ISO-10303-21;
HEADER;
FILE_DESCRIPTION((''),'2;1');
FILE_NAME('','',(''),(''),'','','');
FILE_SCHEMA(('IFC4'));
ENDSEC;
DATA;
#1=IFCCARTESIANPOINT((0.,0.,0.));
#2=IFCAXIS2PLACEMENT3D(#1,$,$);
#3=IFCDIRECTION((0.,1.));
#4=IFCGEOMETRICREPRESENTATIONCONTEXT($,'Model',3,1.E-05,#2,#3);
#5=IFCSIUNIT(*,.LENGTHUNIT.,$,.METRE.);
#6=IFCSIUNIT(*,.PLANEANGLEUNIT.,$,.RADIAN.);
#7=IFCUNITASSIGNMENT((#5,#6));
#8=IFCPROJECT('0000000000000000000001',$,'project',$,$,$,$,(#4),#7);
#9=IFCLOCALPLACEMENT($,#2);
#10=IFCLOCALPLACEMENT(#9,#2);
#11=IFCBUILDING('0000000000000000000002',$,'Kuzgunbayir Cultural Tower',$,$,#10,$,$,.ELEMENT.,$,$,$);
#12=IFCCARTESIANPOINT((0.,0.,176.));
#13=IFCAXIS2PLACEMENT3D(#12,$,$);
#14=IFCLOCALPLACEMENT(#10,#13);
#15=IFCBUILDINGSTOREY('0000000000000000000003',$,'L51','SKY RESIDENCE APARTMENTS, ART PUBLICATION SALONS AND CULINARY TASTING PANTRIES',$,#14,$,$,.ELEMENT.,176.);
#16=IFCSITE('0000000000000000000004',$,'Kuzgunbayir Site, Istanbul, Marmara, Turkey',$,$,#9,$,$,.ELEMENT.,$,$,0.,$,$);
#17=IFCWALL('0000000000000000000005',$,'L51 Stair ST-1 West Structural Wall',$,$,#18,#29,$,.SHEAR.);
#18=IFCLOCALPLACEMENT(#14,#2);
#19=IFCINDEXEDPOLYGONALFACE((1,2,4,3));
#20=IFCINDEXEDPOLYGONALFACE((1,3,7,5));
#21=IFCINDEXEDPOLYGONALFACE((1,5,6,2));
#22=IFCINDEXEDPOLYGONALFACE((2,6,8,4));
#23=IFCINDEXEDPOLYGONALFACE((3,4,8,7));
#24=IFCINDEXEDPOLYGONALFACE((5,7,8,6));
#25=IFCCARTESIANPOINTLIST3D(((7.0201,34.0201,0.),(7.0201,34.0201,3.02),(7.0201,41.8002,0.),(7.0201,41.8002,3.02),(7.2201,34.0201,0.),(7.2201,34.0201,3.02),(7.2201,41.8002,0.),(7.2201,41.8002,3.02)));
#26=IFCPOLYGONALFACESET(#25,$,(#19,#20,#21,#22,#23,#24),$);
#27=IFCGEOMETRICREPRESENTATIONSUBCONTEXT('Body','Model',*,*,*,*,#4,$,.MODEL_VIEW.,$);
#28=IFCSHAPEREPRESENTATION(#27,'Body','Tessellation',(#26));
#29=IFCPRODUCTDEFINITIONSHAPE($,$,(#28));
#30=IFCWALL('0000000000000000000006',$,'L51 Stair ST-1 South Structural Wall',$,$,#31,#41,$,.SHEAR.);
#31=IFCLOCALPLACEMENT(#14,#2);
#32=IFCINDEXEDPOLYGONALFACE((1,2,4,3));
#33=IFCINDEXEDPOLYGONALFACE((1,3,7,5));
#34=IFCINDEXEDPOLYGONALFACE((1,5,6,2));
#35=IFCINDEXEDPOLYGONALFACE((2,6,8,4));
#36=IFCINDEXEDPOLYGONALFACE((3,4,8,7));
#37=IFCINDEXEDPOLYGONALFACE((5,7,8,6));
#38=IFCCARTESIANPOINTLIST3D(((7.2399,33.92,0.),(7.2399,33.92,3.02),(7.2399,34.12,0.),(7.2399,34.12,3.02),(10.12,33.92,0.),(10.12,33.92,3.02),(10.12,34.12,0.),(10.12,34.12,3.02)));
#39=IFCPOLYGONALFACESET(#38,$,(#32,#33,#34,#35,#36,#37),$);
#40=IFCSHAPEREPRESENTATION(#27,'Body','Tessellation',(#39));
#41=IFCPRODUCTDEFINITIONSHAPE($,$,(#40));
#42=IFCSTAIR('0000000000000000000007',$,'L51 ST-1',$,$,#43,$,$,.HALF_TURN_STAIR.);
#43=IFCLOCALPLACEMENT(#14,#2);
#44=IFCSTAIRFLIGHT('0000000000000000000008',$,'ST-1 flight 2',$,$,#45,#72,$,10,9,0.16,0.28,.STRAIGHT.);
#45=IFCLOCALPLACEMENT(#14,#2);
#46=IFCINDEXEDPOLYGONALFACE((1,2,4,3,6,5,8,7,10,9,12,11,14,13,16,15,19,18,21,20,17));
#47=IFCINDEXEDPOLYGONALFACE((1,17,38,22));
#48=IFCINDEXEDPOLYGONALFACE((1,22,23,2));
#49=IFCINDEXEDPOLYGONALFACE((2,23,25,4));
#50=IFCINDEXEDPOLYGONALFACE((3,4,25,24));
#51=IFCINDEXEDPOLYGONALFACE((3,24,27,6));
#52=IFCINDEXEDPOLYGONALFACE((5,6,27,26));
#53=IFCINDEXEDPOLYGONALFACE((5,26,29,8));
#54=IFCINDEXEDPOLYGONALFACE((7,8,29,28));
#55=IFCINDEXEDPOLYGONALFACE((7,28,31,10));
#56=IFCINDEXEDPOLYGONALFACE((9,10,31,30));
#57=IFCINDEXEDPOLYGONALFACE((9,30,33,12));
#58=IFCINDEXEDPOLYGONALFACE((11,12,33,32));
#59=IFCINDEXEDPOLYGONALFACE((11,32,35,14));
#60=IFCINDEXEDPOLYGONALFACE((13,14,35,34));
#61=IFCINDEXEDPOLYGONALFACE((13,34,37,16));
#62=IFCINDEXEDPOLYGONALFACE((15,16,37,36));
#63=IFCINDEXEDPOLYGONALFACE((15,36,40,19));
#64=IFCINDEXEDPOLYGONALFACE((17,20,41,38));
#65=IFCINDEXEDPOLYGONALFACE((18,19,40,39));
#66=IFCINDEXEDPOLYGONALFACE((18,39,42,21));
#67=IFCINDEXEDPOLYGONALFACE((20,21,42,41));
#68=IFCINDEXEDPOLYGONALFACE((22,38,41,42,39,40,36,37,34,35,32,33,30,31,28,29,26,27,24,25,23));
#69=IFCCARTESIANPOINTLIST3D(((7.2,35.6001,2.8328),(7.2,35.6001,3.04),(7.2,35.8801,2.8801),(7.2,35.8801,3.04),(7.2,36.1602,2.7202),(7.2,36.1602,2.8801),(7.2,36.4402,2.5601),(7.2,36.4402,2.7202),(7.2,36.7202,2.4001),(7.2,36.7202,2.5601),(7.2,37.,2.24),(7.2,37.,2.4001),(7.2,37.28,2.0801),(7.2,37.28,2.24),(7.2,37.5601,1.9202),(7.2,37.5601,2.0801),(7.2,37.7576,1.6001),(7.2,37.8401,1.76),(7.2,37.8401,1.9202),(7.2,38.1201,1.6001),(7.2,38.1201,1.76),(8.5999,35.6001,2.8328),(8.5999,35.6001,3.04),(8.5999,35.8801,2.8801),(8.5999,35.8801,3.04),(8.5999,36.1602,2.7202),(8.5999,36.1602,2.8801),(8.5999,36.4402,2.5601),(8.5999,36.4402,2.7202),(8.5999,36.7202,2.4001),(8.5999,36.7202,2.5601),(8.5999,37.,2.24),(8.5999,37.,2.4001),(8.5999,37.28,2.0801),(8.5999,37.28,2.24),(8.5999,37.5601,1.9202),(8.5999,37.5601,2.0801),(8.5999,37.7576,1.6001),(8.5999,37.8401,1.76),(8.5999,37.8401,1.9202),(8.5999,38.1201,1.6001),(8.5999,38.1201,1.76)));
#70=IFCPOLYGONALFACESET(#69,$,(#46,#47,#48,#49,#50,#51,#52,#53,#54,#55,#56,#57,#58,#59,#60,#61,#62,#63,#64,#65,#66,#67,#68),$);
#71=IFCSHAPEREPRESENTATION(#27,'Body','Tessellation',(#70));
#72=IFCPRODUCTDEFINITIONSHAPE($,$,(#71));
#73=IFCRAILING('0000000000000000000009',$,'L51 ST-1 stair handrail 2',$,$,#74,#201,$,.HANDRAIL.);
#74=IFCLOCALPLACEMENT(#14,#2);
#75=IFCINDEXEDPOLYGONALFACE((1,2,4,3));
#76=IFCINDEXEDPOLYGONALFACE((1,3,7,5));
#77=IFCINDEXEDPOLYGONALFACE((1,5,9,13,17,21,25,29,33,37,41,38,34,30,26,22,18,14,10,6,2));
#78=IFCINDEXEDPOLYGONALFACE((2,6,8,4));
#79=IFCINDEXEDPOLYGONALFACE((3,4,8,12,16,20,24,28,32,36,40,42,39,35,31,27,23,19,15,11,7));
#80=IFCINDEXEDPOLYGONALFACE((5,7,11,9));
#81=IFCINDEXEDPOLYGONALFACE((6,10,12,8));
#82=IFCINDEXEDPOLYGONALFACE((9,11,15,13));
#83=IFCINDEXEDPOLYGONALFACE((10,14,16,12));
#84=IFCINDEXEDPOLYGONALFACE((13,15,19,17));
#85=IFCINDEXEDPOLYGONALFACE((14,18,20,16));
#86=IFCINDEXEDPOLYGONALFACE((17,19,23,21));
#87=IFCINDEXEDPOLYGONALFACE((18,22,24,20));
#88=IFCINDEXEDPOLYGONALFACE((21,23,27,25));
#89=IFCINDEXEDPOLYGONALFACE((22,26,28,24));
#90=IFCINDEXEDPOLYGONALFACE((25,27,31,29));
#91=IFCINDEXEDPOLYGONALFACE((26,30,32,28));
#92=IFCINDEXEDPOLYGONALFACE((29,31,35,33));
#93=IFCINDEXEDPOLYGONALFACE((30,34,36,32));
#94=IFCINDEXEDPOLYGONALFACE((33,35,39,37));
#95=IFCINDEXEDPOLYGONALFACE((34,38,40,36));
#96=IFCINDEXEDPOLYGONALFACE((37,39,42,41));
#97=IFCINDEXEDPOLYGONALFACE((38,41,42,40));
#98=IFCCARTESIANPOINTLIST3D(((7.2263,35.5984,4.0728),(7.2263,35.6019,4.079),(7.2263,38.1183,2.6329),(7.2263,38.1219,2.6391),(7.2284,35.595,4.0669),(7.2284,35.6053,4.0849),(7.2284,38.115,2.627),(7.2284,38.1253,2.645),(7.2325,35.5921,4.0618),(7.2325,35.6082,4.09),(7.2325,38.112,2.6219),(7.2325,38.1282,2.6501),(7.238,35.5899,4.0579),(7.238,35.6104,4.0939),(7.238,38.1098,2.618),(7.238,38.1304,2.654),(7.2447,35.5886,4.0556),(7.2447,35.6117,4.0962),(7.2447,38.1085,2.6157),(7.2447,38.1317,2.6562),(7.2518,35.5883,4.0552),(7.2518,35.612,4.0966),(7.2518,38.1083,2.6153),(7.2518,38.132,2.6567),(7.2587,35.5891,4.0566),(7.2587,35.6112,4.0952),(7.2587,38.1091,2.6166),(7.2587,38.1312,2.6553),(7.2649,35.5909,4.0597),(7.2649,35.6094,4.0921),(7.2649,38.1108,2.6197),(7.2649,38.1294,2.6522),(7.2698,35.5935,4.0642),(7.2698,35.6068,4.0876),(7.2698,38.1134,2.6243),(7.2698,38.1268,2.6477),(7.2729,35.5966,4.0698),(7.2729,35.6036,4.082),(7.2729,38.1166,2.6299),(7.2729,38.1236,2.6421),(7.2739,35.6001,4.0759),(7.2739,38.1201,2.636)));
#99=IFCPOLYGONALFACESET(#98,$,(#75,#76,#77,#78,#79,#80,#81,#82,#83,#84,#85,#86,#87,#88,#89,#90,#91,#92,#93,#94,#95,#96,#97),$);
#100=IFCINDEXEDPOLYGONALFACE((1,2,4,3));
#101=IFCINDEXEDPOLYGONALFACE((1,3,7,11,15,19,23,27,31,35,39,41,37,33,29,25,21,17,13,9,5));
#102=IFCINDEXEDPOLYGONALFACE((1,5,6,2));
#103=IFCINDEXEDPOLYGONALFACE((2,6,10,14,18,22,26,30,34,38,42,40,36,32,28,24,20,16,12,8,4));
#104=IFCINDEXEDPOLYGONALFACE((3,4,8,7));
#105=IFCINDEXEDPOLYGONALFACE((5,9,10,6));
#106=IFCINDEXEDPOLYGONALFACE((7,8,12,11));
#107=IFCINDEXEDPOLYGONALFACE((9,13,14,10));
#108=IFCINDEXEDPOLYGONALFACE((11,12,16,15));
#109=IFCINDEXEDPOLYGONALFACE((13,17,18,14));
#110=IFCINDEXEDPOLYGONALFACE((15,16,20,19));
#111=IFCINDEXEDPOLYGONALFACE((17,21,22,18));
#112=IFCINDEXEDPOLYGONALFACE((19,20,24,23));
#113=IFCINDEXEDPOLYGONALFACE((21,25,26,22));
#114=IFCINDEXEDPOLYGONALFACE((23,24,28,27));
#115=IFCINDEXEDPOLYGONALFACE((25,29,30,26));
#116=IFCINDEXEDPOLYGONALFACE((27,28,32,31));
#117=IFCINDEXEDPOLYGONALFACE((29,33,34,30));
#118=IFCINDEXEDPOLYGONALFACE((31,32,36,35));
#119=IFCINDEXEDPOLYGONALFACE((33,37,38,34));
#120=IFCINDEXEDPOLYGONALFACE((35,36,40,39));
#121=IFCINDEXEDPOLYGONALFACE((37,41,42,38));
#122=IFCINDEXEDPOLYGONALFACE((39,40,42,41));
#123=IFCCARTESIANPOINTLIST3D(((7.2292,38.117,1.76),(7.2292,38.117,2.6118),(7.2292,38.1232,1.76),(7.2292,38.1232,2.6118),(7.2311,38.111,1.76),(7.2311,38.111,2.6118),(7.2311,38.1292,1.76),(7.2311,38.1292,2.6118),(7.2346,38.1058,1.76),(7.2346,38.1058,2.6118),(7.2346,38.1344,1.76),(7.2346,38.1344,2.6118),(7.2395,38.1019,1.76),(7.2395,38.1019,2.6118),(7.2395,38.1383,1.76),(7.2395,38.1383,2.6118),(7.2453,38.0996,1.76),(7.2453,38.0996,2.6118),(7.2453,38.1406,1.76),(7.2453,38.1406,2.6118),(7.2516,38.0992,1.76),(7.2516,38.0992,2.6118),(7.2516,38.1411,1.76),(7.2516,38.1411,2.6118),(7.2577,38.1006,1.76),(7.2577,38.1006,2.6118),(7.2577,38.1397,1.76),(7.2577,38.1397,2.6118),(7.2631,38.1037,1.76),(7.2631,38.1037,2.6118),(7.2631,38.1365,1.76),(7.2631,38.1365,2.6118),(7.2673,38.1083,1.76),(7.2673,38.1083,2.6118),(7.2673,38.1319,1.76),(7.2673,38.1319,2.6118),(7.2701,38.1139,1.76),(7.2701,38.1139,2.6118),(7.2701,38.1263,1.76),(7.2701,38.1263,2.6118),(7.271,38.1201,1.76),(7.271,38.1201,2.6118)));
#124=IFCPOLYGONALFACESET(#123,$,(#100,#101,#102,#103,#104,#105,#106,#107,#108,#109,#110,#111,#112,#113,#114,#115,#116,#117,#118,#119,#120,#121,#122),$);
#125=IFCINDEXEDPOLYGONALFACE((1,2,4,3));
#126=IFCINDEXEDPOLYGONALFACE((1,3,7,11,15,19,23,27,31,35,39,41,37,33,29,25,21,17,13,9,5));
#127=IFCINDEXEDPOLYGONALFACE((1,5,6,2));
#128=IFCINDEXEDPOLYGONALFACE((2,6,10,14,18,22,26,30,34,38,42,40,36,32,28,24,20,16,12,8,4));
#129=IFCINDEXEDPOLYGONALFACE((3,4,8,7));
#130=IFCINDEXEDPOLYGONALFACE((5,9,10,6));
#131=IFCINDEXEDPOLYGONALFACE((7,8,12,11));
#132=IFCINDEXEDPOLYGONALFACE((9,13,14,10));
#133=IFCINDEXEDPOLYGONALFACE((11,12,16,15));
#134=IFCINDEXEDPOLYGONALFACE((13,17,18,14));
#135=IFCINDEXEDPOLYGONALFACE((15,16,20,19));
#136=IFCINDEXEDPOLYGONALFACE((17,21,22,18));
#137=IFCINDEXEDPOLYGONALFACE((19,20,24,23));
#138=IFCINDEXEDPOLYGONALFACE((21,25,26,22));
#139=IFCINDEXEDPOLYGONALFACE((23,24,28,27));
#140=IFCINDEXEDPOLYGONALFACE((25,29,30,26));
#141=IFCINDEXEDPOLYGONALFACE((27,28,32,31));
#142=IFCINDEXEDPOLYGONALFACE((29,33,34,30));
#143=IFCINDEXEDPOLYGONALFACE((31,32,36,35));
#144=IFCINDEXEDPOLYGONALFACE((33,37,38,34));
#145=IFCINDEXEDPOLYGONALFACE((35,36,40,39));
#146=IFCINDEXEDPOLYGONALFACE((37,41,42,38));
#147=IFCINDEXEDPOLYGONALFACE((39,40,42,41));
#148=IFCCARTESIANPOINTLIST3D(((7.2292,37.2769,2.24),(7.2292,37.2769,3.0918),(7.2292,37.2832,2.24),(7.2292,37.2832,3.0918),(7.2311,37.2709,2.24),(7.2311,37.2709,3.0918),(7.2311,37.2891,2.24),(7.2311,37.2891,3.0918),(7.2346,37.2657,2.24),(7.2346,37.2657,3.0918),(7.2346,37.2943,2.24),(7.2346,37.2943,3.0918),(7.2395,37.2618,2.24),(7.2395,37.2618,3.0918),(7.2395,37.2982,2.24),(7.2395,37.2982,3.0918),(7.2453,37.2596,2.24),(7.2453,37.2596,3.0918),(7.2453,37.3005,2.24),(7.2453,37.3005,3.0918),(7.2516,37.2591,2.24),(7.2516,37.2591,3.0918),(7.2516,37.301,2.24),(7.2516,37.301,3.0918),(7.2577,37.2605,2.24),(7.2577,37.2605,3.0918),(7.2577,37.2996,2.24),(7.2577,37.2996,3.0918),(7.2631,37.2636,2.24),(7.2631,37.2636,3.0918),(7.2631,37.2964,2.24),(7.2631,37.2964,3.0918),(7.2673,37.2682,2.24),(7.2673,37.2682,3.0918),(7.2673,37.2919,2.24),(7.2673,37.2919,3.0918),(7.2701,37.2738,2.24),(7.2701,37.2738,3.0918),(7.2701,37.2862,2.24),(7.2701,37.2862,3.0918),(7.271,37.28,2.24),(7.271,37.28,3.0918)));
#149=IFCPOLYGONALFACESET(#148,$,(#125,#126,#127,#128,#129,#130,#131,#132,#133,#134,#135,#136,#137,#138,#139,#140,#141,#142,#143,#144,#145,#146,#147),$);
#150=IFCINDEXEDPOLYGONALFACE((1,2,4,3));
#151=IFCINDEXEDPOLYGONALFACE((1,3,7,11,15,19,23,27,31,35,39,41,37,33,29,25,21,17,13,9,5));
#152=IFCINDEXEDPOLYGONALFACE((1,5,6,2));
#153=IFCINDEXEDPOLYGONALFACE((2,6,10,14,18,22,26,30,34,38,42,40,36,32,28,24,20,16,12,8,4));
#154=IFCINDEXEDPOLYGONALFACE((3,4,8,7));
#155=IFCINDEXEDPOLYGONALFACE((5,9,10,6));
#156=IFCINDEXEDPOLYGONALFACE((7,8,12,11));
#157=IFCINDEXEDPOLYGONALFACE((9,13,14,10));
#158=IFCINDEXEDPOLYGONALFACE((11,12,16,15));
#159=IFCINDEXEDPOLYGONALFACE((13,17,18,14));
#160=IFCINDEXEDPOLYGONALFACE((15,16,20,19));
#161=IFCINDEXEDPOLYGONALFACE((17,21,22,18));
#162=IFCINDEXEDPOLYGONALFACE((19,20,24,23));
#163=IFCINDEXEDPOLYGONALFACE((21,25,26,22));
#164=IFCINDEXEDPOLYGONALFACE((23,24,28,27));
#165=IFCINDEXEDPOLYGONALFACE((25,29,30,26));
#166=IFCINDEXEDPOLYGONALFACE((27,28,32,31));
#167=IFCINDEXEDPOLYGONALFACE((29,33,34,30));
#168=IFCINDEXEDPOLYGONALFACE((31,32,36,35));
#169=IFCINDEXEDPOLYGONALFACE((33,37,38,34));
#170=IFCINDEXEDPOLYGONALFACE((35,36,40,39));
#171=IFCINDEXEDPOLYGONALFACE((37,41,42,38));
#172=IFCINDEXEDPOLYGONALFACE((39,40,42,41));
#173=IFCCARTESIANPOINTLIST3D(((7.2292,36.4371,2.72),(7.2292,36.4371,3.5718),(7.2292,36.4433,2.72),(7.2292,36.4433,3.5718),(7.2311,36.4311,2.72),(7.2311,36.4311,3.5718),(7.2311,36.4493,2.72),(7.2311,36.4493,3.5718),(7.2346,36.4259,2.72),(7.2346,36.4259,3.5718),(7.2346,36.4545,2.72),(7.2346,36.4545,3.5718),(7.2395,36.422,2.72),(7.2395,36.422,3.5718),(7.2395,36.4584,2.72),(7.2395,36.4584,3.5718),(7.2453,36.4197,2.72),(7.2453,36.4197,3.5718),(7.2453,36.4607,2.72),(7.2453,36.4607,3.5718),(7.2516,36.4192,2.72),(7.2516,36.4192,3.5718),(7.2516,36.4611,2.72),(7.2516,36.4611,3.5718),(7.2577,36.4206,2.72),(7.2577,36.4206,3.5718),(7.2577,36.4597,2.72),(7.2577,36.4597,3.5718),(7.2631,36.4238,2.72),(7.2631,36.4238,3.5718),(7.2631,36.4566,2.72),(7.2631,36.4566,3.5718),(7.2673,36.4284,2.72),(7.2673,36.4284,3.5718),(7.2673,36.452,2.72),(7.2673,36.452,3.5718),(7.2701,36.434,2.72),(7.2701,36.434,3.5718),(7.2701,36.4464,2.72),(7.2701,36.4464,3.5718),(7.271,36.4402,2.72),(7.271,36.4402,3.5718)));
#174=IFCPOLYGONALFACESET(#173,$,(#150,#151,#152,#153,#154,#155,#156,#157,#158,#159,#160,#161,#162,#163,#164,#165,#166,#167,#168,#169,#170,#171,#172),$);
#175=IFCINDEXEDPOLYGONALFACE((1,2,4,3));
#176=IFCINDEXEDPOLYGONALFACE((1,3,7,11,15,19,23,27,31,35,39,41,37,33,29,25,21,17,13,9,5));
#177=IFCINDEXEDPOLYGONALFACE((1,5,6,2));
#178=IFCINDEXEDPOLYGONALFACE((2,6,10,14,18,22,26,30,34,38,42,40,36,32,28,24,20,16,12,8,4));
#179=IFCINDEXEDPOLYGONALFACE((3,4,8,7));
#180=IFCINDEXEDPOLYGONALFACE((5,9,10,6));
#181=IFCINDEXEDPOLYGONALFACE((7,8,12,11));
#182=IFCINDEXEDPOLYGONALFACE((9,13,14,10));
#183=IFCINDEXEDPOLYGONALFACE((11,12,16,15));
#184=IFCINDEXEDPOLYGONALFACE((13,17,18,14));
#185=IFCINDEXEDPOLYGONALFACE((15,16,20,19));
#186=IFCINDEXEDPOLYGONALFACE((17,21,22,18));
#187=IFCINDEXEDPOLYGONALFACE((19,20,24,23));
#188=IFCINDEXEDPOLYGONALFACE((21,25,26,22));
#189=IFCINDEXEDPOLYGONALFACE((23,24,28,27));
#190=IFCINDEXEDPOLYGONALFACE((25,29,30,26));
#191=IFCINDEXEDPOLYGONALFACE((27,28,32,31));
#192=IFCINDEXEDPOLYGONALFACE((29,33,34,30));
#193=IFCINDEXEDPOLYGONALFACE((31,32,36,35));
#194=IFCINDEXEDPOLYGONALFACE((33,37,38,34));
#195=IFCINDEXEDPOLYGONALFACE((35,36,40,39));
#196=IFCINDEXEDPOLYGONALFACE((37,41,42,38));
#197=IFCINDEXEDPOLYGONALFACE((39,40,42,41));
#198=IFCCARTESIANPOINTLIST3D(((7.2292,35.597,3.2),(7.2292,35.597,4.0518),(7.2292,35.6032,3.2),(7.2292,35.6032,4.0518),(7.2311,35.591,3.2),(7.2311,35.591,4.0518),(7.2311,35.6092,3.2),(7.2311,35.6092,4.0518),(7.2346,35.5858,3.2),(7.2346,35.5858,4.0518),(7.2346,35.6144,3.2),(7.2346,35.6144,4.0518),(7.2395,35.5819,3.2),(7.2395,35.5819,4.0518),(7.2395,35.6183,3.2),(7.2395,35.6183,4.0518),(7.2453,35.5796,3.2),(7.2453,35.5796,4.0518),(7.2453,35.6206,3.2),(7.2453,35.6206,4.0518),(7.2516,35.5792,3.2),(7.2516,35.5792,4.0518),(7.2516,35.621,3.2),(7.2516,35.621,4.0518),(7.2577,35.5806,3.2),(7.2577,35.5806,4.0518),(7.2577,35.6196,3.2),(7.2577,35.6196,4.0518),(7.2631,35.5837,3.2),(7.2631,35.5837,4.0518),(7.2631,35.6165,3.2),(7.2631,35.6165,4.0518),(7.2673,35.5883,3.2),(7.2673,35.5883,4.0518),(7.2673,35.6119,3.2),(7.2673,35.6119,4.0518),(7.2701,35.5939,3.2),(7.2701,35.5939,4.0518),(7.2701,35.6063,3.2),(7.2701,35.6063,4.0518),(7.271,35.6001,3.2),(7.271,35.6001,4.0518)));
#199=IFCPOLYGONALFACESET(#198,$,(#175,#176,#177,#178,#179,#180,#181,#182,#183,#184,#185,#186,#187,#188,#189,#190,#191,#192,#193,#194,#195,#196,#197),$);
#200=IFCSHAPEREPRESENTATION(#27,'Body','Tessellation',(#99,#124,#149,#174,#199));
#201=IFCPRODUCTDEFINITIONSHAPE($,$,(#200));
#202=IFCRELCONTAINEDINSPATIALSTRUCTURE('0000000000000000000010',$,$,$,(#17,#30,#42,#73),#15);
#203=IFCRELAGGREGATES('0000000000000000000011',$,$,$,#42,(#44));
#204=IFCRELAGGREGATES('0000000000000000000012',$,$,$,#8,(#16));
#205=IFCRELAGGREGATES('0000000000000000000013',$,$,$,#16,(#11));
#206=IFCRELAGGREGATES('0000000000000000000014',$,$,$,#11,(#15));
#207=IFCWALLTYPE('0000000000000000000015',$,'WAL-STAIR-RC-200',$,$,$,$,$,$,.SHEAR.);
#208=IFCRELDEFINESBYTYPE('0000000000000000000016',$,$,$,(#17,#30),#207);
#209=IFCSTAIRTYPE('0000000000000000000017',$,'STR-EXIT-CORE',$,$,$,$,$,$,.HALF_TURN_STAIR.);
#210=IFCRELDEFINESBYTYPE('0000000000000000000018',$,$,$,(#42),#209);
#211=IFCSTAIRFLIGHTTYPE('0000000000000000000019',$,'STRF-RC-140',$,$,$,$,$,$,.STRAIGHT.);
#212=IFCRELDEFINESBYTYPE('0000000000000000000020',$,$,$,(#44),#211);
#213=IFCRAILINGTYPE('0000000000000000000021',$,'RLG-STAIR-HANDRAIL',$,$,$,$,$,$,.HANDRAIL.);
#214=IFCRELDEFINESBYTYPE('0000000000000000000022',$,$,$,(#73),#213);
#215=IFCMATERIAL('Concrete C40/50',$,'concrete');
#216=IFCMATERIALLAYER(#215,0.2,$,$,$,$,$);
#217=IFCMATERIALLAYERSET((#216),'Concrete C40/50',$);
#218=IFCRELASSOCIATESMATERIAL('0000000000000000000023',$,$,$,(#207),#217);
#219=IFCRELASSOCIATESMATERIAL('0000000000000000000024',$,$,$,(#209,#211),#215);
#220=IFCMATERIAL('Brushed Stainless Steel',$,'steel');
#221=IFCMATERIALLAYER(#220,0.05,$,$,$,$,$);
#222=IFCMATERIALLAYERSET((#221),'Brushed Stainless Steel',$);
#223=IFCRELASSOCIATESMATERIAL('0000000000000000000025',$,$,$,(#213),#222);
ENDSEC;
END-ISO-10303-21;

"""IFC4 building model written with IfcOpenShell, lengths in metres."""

from ifc_helpers import new_model, si_unit, direction, frame, frame_2d, origin, origin_2d, place, context, subcontext, project, spatial, polyline, rectangle, circle, outline, extrude, material, layer, layer_set, type_object, element, aggregate, save


model = new_model("IFC4")

# Units and contexts
model_context = context("Model", 3, precision=1e-05, world=origin(), true_north=direction((0.0, 1.0)))
body_context = subcontext(model_context, "Body", "Model", "MODEL_VIEW")
ifc_project = project(units=[si_unit("LENGTHUNIT", "METRE"), si_unit("PLANEANGLEUNIT", "RADIAN")], contexts=[model_context])

# Site, building, storey
site_placement = place(None, origin())
site = spatial("IfcSite", under=ifc_project, at=site_placement, Name="Kuzgunbayir Site, Istanbul, Marmara, Turkey", CompositionType="ELEMENT", RefElevation=0.0)
building_placement = place(site_placement, origin())
building = spatial("IfcBuilding", under=site, at=building_placement, Name="Kuzgunbayir Cultural Tower", CompositionType="ELEMENT")
storey_placement = place(building_placement, frame((0.0, 0.0, 176.0)))
storey = spatial("IfcBuildingStorey", under=building, at=storey_placement, Name="L51", Description="SKY RESIDENCE APARTMENTS, ART PUBLICATION SALONS AND CULINARY TASTING PANTRIES", CompositionType="ELEMENT", Elevation=176.0)

# Shared definitions
ifc_material_1 = material(Name="Concrete C40/50", Category="concrete")
ifc_material_2 = material(Name="Brushed Stainless Steel", Category="steel")

# Walls
ifc_layer_1 = layer(ifc_material_1, 0.2)
ifc_layer_set_1 = layer_set([ifc_layer_1], Name="Concrete C40/50")
wall_type_1 = type_object("IfcWallType", Name="WAL-STAIR-RC-200", PredefinedType="SHEAR", material=ifc_layer_set_1)
wall_1_placement = place(storey_placement, frame((7.1201, 34.02, 0.0), z_axis=(0.0, 0.0, 1.0), x_axis=(0.0, 1.0, 0.0)))
element("IfcWall", 1, at=wall_1_placement, inside=storey, type_object=wall_type_1, Name="L51 Stair ST-1 West Structural Wall", PredefinedType="SHEAR", context=body_context, shape_type="SweptSolid", body=[
    extrude(rectangle(XDim=7.78, YDim=0.2, at=frame_2d((3.8901, 0.0))), origin(), (0.0, 0.0, 1.0), 3.02),
])
wall_2_placement = place(storey_placement, frame((7.24, 34.02, 0.0), z_axis=(0.0, 0.0, 1.0), x_axis=(1.0, 0.0, 0.0)))
element("IfcWall", 2, at=wall_2_placement, inside=storey, type_object=wall_type_1, Name="L51 Stair ST-1 South Structural Wall", PredefinedType="SHEAR", context=body_context, shape_type="SweptSolid", body=[
    extrude(rectangle(XDim=2.8801, YDim=0.2, at=frame_2d((1.4399, 0.0))), origin(), (0.0, 0.0, 1.0), 3.02),
])

# Stair, stair flight
stair_type = type_object("IfcStairType", Name="STR-EXIT-CORE", PredefinedType="HALF_TURN_STAIR", material=ifc_material_1)
stair_placement = place(storey_placement, origin())
stair = element("IfcStair", 3, at=stair_placement, inside=storey, type_object=stair_type, Name="L51 ST-1", PredefinedType="HALF_TURN_STAIR")
stair_flight_type = type_object("IfcStairFlightType", Name="STRF-RC-140", PredefinedType="STRAIGHT", material=ifc_material_1)
stair_flight_placement = place(storey_placement, frame((7.8999, 38.1201, 1.6001), z_axis=(0.0, 0.0, 1.0), x_axis=(0.0, -1.0, 0.0)))
stair_flight = element("IfcStairFlight", 4, at=stair_flight_placement, type_object=stair_flight_type, Name="ST-1 flight 2", NumberOfRisers=10, NumberOfTreads=9, PredefinedType="STRAIGHT", RiserHeight=0.16, TreadLength=0.28, context=body_context, shape_type="SweptSolid", body=[
    extrude(outline(polyline([(0.0, 0.0), (0.0, 0.1599), (0.28, 0.1599), (0.28, 0.3201), (0.5601, 0.3201), (0.5601, 0.48), (0.8401, 0.48), (0.8401, 0.6399), (1.1201, 0.6399), (1.1201, 0.8), (1.3999, 0.8), (1.3999, 0.96), (1.6799, 0.96), (1.6799, 1.1201), (1.96, 1.1201), (1.96, 1.28), (2.24, 1.28), (2.24, 1.4399), (2.52, 1.4399), (2.52, 1.6001), (2.52, 1.2327), (0.3625, 0.0), (0.0, 0.0)])), frame((0.0, 0.7, 0.0), z_axis=(0.0, -1.0, 0.0), x_axis=(1.0, 0.0, 0.0)), (0.0, 0.0, 1.0), 1.3999),
])
aggregate(stair, [stair_flight])

# Railing
ifc_layer_2 = layer(ifc_material_2, 0.05)
ifc_layer_set_2 = layer_set([ifc_layer_2], Name="Brushed Stainless Steel")
railing_type_1 = type_object("IfcRailingType", Name="RLG-STAIR-HANDRAIL", PredefinedType="HANDRAIL", material=ifc_layer_set_2)
railing_1_placement = place(storey_placement, frame((7.25, 38.1201, 1.76)))
element("IfcRailing", 5, at=railing_1_placement, inside=storey, type_object=railing_type_1, Name="L51 ST-1 stair handrail 2", PredefinedType="HANDRAIL", context=body_context, shape_type="SweptSolid", body=[
    extrude(circle(Radius=0.0239, at=origin_2d()), frame((0.0, 0.0, 0.876), z_axis=(0.0, -0.868253, 0.496121), x_axis=(1.0, 0.0, 0.0)), (0.0, 0.0, 1.0), 2.9023),
    extrude(circle(Radius=0.021, at=origin_2d()), origin(), (0.0, 0.0, 1.0), 0.8518),
    extrude(circle(Radius=0.021, at=origin_2d()), frame((0.0, -0.8401, 0.48)), (0.0, 0.0, 1.0), 0.8518),
    extrude(circle(Radius=0.021, at=origin_2d()), frame((0.0, -1.6799, 0.96)), (0.0, 0.0, 1.0), 0.8518),
    extrude(circle(Radius=0.021, at=origin_2d()), frame((0.0, -2.52, 1.4399)), (0.0, 0.0, 1.0), 0.8518),
])

save(model, "model.ifc")
